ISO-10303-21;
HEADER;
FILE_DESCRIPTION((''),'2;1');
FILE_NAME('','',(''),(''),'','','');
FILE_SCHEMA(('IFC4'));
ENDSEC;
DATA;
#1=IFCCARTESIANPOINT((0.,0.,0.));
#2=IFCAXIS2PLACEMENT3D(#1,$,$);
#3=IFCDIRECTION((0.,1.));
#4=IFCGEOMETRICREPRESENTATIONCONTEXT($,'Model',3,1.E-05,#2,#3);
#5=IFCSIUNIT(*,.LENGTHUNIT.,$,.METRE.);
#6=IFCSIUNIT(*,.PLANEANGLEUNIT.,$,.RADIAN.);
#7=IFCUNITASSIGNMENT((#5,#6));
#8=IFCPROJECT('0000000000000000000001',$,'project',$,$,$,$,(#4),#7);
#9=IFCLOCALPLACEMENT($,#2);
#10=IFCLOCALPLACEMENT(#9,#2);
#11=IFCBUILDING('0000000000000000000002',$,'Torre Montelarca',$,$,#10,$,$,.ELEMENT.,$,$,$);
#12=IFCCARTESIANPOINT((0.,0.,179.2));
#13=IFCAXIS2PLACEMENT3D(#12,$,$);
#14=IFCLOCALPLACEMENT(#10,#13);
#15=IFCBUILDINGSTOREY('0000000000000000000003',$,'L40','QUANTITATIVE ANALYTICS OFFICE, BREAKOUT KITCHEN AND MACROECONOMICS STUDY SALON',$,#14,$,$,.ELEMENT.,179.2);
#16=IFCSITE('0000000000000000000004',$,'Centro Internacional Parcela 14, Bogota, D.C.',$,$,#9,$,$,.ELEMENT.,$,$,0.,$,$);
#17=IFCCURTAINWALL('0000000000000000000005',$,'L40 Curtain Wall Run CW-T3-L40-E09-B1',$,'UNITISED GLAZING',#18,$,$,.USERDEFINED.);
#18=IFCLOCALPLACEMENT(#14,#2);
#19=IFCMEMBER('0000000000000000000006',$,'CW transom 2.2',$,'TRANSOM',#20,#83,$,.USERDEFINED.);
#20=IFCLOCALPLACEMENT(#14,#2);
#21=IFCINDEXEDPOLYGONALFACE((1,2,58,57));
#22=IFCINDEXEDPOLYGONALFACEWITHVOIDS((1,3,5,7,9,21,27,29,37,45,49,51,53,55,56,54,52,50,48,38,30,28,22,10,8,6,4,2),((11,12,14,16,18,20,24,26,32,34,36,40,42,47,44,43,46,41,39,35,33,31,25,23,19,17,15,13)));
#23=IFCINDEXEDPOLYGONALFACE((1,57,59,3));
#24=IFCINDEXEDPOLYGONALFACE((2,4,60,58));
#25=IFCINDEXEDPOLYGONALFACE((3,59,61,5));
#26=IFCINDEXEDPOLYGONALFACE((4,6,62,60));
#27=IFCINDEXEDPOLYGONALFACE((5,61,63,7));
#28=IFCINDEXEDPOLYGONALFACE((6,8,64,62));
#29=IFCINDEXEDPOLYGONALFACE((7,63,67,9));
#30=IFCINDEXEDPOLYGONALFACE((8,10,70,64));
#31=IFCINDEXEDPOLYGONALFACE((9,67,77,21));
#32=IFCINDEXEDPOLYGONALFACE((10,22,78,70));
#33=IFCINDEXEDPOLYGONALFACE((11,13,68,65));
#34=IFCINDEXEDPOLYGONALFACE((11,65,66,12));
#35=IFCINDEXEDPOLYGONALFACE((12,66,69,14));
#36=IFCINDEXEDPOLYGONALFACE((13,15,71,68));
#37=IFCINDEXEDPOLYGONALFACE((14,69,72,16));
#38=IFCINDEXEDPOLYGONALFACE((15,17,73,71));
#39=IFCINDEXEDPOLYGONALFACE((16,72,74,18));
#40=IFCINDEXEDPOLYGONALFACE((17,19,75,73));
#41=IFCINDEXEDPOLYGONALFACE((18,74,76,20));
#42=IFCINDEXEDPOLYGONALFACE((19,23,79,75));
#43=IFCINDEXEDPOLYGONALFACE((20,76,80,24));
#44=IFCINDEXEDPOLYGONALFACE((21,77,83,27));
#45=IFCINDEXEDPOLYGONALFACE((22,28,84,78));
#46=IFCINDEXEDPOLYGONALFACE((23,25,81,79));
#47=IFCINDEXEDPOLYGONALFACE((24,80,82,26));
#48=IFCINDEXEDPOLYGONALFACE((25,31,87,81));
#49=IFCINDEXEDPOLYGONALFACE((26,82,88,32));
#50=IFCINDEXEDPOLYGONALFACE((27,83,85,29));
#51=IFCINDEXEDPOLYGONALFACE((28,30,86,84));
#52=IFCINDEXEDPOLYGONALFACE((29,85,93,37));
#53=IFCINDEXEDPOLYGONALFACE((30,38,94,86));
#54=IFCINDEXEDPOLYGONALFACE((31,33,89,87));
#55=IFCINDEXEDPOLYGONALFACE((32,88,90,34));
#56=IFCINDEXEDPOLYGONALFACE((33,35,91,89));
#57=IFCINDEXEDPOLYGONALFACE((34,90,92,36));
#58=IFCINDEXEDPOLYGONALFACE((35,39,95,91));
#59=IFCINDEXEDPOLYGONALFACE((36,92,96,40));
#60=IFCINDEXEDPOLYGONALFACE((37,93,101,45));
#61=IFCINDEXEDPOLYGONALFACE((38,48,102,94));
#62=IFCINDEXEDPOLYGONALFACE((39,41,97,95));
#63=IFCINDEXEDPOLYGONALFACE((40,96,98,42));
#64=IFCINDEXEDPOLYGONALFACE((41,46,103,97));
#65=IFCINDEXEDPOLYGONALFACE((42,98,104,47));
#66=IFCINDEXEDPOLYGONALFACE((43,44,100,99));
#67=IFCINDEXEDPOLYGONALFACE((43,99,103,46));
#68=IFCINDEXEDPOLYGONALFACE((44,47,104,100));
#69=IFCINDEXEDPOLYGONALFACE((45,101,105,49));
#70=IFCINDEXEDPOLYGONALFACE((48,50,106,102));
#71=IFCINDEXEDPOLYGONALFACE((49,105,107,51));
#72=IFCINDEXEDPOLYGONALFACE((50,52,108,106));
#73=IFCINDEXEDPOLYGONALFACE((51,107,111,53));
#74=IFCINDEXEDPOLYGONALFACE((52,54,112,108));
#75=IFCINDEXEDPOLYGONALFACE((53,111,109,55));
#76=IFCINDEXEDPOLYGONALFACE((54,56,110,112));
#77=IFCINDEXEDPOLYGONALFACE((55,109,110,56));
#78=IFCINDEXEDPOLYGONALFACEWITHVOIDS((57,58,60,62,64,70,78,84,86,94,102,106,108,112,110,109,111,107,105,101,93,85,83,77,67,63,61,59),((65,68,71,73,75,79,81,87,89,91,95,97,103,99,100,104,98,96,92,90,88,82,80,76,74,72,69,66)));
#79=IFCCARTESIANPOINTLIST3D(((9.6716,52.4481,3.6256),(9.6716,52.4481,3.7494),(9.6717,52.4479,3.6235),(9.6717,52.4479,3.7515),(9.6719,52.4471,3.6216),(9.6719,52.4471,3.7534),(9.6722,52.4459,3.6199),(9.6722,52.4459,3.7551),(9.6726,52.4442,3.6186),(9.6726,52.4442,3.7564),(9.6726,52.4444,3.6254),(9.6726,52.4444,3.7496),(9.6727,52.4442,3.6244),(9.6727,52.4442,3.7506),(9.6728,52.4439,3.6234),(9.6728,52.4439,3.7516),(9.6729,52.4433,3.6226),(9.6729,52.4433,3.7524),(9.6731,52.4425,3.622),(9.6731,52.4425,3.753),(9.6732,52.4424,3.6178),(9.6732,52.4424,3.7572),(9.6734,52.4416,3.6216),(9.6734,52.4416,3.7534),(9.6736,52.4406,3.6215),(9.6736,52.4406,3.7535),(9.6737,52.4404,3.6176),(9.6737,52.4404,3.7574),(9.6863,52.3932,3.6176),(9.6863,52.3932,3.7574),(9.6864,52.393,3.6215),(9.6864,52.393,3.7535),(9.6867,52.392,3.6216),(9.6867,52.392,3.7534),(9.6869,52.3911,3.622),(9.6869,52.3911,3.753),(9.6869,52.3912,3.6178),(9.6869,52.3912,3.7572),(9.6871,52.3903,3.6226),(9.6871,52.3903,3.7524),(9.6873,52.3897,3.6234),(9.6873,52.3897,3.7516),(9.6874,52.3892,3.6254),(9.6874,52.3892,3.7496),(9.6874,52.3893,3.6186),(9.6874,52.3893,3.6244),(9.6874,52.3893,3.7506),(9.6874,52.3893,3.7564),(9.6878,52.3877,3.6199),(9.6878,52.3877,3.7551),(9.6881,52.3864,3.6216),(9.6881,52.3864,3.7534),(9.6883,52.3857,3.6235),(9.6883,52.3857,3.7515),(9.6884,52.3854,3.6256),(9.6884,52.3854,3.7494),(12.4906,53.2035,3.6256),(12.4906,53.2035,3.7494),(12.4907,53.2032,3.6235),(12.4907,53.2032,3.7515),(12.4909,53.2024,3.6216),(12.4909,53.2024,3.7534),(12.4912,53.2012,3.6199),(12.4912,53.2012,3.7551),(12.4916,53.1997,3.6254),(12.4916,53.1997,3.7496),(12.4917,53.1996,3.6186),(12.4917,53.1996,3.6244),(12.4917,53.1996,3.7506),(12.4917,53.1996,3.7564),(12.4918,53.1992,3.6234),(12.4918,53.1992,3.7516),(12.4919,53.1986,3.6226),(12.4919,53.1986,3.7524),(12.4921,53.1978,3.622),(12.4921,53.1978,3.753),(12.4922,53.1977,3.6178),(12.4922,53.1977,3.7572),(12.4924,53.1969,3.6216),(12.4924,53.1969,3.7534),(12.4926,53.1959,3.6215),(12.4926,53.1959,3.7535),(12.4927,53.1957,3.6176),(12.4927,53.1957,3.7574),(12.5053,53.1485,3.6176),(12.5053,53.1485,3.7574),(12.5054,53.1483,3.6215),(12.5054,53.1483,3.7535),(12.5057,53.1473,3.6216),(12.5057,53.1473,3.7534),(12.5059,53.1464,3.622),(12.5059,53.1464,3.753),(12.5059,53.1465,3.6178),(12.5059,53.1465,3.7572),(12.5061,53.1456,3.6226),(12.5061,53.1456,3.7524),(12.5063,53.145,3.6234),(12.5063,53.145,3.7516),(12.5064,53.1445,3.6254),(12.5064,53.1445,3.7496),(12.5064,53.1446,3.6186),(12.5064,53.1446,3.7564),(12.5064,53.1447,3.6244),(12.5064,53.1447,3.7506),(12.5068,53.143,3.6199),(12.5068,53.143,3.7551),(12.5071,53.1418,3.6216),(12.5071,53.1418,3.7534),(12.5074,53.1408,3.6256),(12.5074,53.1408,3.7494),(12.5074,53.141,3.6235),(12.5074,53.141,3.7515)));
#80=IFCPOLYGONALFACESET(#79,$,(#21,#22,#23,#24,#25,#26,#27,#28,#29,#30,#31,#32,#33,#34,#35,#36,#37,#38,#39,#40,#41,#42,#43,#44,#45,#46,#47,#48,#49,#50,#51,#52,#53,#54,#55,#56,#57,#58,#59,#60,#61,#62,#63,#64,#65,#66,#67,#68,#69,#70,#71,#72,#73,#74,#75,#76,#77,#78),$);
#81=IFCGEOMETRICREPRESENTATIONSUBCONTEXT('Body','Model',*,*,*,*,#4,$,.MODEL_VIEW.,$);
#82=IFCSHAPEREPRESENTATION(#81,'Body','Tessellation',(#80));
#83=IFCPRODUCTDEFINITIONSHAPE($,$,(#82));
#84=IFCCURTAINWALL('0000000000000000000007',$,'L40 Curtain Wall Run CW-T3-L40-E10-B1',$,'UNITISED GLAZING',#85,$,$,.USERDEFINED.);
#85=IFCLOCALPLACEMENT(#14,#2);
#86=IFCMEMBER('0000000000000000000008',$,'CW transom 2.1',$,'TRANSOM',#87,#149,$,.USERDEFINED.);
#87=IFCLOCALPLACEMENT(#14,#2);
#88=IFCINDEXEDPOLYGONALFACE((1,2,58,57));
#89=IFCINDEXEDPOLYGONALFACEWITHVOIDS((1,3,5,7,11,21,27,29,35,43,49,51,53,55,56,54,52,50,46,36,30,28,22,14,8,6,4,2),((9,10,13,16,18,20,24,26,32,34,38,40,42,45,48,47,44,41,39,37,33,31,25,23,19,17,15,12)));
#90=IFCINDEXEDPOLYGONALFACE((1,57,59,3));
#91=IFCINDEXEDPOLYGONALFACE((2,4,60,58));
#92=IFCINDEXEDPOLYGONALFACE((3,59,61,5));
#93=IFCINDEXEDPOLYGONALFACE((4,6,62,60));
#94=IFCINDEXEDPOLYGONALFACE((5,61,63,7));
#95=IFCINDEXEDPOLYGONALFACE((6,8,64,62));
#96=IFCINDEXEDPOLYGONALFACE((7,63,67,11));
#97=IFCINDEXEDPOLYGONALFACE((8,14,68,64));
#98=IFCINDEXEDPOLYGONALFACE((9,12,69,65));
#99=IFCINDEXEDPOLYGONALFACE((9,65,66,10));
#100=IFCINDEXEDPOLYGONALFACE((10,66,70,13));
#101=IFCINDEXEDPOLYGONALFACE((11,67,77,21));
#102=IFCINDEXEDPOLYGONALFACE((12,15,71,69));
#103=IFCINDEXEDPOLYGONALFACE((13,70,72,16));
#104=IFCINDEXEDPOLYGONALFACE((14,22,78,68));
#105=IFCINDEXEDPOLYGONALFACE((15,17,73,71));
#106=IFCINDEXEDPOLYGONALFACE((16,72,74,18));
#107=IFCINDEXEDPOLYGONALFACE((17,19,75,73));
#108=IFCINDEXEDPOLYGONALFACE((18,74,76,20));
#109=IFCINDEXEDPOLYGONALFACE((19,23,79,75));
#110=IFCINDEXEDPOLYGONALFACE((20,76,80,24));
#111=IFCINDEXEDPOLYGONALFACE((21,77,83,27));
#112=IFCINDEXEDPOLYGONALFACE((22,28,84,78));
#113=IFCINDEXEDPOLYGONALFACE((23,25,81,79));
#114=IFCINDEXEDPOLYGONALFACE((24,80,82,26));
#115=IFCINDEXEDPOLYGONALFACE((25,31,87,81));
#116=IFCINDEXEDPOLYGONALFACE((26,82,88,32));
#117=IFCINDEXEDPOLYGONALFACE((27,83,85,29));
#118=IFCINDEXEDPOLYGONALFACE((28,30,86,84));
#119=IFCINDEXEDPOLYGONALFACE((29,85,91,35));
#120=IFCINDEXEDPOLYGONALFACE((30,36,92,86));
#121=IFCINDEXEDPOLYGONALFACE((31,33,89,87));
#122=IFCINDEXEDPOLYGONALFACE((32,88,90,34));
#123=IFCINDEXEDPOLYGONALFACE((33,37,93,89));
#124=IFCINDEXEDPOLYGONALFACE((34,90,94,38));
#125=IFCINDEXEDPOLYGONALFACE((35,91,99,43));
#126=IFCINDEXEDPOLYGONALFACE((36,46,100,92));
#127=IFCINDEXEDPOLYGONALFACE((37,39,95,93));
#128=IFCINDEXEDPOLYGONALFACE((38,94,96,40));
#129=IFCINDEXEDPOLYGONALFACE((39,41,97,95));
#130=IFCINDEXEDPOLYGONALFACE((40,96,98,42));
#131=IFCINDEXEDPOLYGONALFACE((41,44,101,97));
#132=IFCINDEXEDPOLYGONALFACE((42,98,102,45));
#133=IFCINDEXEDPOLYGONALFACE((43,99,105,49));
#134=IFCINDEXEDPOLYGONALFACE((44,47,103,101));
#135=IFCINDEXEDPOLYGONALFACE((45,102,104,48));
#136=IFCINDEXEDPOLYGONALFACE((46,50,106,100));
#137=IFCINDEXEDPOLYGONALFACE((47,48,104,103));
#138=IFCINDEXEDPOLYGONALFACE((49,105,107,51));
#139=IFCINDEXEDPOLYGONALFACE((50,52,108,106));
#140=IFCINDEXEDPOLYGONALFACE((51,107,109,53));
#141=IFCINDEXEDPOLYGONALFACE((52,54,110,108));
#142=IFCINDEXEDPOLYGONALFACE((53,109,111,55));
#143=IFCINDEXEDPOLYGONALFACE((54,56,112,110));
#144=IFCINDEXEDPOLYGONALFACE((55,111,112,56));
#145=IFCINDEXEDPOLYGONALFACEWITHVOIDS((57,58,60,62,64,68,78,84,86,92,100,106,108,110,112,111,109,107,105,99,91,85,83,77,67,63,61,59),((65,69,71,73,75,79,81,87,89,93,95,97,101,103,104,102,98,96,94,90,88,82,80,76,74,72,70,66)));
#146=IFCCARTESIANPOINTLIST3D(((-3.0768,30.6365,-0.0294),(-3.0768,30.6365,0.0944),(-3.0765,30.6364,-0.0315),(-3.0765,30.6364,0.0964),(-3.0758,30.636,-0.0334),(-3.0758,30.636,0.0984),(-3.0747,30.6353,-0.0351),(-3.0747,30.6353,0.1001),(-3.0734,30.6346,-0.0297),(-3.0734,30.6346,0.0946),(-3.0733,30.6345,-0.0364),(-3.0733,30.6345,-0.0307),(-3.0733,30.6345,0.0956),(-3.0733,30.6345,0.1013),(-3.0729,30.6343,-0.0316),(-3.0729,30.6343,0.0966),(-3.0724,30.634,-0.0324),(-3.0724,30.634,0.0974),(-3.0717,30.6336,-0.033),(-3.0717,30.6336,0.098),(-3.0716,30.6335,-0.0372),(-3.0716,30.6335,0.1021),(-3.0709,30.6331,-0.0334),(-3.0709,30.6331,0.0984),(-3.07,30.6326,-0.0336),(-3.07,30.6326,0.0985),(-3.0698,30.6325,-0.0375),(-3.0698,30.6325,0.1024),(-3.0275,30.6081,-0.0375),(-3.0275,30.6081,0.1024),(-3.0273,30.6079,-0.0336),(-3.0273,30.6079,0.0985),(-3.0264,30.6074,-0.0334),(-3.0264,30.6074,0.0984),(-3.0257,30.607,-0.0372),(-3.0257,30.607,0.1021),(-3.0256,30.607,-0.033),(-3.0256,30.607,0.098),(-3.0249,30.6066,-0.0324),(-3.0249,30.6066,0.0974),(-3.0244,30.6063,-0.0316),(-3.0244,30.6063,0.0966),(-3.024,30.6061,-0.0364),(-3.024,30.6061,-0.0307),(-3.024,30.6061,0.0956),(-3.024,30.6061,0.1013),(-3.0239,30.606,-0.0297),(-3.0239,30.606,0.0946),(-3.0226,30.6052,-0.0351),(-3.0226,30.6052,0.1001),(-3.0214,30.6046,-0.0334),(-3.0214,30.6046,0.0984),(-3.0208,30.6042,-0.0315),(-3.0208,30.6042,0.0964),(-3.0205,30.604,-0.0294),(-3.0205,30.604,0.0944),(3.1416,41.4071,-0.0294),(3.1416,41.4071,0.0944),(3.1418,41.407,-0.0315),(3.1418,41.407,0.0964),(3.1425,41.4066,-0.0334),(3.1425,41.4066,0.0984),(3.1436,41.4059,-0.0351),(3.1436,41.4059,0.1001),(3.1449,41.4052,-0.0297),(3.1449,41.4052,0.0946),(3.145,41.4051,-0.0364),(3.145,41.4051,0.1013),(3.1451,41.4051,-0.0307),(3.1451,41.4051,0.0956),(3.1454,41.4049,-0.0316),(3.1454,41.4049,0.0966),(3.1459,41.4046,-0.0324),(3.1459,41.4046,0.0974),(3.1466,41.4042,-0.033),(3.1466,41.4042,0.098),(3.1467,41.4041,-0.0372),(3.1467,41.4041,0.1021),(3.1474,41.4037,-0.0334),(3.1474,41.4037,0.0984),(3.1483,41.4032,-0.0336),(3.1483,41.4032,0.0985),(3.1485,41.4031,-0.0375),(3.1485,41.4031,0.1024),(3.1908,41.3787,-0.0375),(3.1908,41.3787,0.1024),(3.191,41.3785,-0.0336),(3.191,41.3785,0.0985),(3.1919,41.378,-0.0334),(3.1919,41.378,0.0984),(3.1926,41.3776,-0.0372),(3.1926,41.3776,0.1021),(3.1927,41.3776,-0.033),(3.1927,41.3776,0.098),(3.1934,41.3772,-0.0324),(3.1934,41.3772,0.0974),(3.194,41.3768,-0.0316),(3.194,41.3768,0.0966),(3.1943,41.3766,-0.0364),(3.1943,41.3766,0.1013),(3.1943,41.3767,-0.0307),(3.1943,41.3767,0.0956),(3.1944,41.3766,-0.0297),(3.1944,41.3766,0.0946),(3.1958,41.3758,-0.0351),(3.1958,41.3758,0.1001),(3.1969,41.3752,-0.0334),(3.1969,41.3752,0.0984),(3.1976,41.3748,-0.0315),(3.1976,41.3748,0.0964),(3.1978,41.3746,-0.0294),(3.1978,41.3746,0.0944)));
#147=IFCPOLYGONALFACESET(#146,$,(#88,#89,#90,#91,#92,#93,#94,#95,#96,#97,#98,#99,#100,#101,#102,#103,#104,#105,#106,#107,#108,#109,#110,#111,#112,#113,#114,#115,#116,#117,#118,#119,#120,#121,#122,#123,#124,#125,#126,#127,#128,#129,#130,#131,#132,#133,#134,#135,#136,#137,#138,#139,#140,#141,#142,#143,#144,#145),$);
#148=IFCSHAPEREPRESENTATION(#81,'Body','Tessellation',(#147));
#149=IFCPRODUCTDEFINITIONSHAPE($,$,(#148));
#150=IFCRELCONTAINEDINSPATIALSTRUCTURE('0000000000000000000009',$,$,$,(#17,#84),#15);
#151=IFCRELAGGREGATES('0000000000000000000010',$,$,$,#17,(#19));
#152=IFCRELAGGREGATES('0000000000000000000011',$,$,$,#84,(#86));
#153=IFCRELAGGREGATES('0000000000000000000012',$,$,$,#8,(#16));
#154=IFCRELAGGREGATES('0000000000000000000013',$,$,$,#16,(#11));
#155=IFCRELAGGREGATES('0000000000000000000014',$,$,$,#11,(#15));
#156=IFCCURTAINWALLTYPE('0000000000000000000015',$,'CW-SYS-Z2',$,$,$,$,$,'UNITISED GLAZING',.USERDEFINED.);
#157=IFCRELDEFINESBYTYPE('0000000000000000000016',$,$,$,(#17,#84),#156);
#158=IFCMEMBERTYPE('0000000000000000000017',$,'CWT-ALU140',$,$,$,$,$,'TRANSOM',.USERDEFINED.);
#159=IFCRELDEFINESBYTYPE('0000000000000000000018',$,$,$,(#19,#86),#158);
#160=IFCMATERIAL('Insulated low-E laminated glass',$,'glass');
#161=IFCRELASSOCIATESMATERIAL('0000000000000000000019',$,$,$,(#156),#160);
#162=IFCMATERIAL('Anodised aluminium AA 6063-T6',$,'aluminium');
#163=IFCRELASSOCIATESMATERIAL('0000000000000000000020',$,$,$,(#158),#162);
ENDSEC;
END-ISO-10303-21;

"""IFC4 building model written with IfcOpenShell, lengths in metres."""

from ifc_helpers import new_model, si_unit, direction, frame, origin, origin_2d, place, context, subcontext, project, spatial, hollow_rectangle, extrude, source, transform, mapped, material, material_profile, profile_set, type_object, element, aggregate, save


model = new_model("IFC4")

# Units and contexts
model_context = context("Model", 3, precision=1e-05, world=origin(), true_north=direction((0.0, 1.0)))
body_context = subcontext(model_context, "Body", "Model", "MODEL_VIEW")
ifc_project = project(units=[si_unit("LENGTHUNIT", "METRE"), si_unit("PLANEANGLEUNIT", "RADIAN")], contexts=[model_context])

# Site, building, storey
site_placement = place(None, origin())
site = spatial("IfcSite", under=ifc_project, at=site_placement, Name="Centro Internacional Parcela 14, Bogota, D.C.", CompositionType="ELEMENT", RefElevation=0.0)
building_placement = place(site_placement, origin())
building = spatial("IfcBuilding", under=site, at=building_placement, Name="Torre Montelarca", CompositionType="ELEMENT")
storey_placement = place(building_placement, frame((0.0, 0.0, 179.2)))
storey = spatial("IfcBuildingStorey", under=building, at=storey_placement, Name="L40", Description="QUANTITATIVE ANALYTICS OFFICE, BREAKOUT KITCHEN AND MACROECONOMICS STUDY SALON", CompositionType="ELEMENT", Elevation=179.2)

# Curtain walls, members
ifc_material_1 = material(Name="Insulated low-E laminated glass", Category="glass")
curtain_wall_type = type_object("IfcCurtainWallType", Name="CW-SYS-Z2", ElementType="UNITISED GLAZING", PredefinedType="USERDEFINED", material=ifc_material_1)
curtain_wall_1_placement = place(storey_placement, origin())
curtain_wall_1 = element("IfcCurtainWall", 1, at=curtain_wall_1_placement, inside=storey, type_object=curtain_wall_type, Name="L40 Curtain Wall Run CW-T3-L40-E09-B1", ObjectType="UNITISED GLAZING", PredefinedType="USERDEFINED")
ifc_material_2 = material(Name="Anodised aluminium AA 6063-T6", Category="aluminium")
ifc_material_profile_1 = material_profile(ifc_material_2, hollow_rectangle(XDim=0.0649, YDim=0.1399, WallThickness=0.0039, InnerFilletRadius=0.0039, OuterFilletRadius=0.0081, at=origin_2d()), Name="ALU65X140X4", Category="aluminium")
ifc_profile_set_1 = profile_set([ifc_material_profile_1], Name="Anodised aluminium AA 6063-T6")
member_type_1 = type_object("IfcMemberType", Name="CWT-ALU140", ElementType="TRANSOM", PredefinedType="USERDEFINED", material=ifc_profile_set_1)
shared_shape_1 = source(origin(), body_context, "Body", "SweptSolid", [
    extrude(hollow_rectangle(XDim=0.0649, YDim=0.1399, WallThickness=0.0039, InnerFilletRadius=0.0039, OuterFilletRadius=0.0081, at=origin_2d()), origin(), (0.0, 0.0, 1.0), 2.9185),
])
member_1_placement = place(storey_placement, frame((12.499, 53.1721, 3.6875), z_axis=(-0.965926, -0.258818, 0.0), x_axis=(0.258818, -0.965926, 0.0)))
member_1 = element("IfcMember", 2, at=member_1_placement, type_object=member_type_1, Name="CW transom 2.2", ObjectType="TRANSOM", PredefinedType="USERDEFINED", context=body_context, shape_type="MappedRepresentation", body=[
    mapped(shared_shape_1, transform((0.0, 0.0, 0.0), scale=1.0)),
])
curtain_wall_2_placement = place(storey_placement, origin())
curtain_wall_2 = element("IfcCurtainWall", 3, at=curtain_wall_2_placement, inside=storey, type_object=curtain_wall_type, Name="L40 Curtain Wall Run CW-T3-L40-E10-B1", ObjectType="UNITISED GLAZING", PredefinedType="USERDEFINED")
shared_shape_2 = source(origin(), body_context, "Body", "SweptSolid", [
    extrude(hollow_rectangle(XDim=0.0649, YDim=0.1399, WallThickness=0.0039, InnerFilletRadius=0.0039, OuterFilletRadius=0.0081, at=origin_2d()), origin(), (0.0, 0.0, 1.0), 12.4368),
])
member_2_placement = place(storey_placement, frame((3.1697, 41.3909, 0.0325), z_axis=(-0.499994, -0.866029, 0.0), x_axis=(0.866029, -0.499994, 0.0)))
member_2 = element("IfcMember", 4, at=member_2_placement, type_object=member_type_1, Name="CW transom 2.1", ObjectType="TRANSOM", PredefinedType="USERDEFINED", context=body_context, shape_type="MappedRepresentation", body=[
    mapped(shared_shape_2, transform((0.0, 0.0, 0.0), scale=1.0)),
])

aggregate(curtain_wall_1, [member_1])
aggregate(curtain_wall_2, [member_2])

save(model, "model.ifc")
